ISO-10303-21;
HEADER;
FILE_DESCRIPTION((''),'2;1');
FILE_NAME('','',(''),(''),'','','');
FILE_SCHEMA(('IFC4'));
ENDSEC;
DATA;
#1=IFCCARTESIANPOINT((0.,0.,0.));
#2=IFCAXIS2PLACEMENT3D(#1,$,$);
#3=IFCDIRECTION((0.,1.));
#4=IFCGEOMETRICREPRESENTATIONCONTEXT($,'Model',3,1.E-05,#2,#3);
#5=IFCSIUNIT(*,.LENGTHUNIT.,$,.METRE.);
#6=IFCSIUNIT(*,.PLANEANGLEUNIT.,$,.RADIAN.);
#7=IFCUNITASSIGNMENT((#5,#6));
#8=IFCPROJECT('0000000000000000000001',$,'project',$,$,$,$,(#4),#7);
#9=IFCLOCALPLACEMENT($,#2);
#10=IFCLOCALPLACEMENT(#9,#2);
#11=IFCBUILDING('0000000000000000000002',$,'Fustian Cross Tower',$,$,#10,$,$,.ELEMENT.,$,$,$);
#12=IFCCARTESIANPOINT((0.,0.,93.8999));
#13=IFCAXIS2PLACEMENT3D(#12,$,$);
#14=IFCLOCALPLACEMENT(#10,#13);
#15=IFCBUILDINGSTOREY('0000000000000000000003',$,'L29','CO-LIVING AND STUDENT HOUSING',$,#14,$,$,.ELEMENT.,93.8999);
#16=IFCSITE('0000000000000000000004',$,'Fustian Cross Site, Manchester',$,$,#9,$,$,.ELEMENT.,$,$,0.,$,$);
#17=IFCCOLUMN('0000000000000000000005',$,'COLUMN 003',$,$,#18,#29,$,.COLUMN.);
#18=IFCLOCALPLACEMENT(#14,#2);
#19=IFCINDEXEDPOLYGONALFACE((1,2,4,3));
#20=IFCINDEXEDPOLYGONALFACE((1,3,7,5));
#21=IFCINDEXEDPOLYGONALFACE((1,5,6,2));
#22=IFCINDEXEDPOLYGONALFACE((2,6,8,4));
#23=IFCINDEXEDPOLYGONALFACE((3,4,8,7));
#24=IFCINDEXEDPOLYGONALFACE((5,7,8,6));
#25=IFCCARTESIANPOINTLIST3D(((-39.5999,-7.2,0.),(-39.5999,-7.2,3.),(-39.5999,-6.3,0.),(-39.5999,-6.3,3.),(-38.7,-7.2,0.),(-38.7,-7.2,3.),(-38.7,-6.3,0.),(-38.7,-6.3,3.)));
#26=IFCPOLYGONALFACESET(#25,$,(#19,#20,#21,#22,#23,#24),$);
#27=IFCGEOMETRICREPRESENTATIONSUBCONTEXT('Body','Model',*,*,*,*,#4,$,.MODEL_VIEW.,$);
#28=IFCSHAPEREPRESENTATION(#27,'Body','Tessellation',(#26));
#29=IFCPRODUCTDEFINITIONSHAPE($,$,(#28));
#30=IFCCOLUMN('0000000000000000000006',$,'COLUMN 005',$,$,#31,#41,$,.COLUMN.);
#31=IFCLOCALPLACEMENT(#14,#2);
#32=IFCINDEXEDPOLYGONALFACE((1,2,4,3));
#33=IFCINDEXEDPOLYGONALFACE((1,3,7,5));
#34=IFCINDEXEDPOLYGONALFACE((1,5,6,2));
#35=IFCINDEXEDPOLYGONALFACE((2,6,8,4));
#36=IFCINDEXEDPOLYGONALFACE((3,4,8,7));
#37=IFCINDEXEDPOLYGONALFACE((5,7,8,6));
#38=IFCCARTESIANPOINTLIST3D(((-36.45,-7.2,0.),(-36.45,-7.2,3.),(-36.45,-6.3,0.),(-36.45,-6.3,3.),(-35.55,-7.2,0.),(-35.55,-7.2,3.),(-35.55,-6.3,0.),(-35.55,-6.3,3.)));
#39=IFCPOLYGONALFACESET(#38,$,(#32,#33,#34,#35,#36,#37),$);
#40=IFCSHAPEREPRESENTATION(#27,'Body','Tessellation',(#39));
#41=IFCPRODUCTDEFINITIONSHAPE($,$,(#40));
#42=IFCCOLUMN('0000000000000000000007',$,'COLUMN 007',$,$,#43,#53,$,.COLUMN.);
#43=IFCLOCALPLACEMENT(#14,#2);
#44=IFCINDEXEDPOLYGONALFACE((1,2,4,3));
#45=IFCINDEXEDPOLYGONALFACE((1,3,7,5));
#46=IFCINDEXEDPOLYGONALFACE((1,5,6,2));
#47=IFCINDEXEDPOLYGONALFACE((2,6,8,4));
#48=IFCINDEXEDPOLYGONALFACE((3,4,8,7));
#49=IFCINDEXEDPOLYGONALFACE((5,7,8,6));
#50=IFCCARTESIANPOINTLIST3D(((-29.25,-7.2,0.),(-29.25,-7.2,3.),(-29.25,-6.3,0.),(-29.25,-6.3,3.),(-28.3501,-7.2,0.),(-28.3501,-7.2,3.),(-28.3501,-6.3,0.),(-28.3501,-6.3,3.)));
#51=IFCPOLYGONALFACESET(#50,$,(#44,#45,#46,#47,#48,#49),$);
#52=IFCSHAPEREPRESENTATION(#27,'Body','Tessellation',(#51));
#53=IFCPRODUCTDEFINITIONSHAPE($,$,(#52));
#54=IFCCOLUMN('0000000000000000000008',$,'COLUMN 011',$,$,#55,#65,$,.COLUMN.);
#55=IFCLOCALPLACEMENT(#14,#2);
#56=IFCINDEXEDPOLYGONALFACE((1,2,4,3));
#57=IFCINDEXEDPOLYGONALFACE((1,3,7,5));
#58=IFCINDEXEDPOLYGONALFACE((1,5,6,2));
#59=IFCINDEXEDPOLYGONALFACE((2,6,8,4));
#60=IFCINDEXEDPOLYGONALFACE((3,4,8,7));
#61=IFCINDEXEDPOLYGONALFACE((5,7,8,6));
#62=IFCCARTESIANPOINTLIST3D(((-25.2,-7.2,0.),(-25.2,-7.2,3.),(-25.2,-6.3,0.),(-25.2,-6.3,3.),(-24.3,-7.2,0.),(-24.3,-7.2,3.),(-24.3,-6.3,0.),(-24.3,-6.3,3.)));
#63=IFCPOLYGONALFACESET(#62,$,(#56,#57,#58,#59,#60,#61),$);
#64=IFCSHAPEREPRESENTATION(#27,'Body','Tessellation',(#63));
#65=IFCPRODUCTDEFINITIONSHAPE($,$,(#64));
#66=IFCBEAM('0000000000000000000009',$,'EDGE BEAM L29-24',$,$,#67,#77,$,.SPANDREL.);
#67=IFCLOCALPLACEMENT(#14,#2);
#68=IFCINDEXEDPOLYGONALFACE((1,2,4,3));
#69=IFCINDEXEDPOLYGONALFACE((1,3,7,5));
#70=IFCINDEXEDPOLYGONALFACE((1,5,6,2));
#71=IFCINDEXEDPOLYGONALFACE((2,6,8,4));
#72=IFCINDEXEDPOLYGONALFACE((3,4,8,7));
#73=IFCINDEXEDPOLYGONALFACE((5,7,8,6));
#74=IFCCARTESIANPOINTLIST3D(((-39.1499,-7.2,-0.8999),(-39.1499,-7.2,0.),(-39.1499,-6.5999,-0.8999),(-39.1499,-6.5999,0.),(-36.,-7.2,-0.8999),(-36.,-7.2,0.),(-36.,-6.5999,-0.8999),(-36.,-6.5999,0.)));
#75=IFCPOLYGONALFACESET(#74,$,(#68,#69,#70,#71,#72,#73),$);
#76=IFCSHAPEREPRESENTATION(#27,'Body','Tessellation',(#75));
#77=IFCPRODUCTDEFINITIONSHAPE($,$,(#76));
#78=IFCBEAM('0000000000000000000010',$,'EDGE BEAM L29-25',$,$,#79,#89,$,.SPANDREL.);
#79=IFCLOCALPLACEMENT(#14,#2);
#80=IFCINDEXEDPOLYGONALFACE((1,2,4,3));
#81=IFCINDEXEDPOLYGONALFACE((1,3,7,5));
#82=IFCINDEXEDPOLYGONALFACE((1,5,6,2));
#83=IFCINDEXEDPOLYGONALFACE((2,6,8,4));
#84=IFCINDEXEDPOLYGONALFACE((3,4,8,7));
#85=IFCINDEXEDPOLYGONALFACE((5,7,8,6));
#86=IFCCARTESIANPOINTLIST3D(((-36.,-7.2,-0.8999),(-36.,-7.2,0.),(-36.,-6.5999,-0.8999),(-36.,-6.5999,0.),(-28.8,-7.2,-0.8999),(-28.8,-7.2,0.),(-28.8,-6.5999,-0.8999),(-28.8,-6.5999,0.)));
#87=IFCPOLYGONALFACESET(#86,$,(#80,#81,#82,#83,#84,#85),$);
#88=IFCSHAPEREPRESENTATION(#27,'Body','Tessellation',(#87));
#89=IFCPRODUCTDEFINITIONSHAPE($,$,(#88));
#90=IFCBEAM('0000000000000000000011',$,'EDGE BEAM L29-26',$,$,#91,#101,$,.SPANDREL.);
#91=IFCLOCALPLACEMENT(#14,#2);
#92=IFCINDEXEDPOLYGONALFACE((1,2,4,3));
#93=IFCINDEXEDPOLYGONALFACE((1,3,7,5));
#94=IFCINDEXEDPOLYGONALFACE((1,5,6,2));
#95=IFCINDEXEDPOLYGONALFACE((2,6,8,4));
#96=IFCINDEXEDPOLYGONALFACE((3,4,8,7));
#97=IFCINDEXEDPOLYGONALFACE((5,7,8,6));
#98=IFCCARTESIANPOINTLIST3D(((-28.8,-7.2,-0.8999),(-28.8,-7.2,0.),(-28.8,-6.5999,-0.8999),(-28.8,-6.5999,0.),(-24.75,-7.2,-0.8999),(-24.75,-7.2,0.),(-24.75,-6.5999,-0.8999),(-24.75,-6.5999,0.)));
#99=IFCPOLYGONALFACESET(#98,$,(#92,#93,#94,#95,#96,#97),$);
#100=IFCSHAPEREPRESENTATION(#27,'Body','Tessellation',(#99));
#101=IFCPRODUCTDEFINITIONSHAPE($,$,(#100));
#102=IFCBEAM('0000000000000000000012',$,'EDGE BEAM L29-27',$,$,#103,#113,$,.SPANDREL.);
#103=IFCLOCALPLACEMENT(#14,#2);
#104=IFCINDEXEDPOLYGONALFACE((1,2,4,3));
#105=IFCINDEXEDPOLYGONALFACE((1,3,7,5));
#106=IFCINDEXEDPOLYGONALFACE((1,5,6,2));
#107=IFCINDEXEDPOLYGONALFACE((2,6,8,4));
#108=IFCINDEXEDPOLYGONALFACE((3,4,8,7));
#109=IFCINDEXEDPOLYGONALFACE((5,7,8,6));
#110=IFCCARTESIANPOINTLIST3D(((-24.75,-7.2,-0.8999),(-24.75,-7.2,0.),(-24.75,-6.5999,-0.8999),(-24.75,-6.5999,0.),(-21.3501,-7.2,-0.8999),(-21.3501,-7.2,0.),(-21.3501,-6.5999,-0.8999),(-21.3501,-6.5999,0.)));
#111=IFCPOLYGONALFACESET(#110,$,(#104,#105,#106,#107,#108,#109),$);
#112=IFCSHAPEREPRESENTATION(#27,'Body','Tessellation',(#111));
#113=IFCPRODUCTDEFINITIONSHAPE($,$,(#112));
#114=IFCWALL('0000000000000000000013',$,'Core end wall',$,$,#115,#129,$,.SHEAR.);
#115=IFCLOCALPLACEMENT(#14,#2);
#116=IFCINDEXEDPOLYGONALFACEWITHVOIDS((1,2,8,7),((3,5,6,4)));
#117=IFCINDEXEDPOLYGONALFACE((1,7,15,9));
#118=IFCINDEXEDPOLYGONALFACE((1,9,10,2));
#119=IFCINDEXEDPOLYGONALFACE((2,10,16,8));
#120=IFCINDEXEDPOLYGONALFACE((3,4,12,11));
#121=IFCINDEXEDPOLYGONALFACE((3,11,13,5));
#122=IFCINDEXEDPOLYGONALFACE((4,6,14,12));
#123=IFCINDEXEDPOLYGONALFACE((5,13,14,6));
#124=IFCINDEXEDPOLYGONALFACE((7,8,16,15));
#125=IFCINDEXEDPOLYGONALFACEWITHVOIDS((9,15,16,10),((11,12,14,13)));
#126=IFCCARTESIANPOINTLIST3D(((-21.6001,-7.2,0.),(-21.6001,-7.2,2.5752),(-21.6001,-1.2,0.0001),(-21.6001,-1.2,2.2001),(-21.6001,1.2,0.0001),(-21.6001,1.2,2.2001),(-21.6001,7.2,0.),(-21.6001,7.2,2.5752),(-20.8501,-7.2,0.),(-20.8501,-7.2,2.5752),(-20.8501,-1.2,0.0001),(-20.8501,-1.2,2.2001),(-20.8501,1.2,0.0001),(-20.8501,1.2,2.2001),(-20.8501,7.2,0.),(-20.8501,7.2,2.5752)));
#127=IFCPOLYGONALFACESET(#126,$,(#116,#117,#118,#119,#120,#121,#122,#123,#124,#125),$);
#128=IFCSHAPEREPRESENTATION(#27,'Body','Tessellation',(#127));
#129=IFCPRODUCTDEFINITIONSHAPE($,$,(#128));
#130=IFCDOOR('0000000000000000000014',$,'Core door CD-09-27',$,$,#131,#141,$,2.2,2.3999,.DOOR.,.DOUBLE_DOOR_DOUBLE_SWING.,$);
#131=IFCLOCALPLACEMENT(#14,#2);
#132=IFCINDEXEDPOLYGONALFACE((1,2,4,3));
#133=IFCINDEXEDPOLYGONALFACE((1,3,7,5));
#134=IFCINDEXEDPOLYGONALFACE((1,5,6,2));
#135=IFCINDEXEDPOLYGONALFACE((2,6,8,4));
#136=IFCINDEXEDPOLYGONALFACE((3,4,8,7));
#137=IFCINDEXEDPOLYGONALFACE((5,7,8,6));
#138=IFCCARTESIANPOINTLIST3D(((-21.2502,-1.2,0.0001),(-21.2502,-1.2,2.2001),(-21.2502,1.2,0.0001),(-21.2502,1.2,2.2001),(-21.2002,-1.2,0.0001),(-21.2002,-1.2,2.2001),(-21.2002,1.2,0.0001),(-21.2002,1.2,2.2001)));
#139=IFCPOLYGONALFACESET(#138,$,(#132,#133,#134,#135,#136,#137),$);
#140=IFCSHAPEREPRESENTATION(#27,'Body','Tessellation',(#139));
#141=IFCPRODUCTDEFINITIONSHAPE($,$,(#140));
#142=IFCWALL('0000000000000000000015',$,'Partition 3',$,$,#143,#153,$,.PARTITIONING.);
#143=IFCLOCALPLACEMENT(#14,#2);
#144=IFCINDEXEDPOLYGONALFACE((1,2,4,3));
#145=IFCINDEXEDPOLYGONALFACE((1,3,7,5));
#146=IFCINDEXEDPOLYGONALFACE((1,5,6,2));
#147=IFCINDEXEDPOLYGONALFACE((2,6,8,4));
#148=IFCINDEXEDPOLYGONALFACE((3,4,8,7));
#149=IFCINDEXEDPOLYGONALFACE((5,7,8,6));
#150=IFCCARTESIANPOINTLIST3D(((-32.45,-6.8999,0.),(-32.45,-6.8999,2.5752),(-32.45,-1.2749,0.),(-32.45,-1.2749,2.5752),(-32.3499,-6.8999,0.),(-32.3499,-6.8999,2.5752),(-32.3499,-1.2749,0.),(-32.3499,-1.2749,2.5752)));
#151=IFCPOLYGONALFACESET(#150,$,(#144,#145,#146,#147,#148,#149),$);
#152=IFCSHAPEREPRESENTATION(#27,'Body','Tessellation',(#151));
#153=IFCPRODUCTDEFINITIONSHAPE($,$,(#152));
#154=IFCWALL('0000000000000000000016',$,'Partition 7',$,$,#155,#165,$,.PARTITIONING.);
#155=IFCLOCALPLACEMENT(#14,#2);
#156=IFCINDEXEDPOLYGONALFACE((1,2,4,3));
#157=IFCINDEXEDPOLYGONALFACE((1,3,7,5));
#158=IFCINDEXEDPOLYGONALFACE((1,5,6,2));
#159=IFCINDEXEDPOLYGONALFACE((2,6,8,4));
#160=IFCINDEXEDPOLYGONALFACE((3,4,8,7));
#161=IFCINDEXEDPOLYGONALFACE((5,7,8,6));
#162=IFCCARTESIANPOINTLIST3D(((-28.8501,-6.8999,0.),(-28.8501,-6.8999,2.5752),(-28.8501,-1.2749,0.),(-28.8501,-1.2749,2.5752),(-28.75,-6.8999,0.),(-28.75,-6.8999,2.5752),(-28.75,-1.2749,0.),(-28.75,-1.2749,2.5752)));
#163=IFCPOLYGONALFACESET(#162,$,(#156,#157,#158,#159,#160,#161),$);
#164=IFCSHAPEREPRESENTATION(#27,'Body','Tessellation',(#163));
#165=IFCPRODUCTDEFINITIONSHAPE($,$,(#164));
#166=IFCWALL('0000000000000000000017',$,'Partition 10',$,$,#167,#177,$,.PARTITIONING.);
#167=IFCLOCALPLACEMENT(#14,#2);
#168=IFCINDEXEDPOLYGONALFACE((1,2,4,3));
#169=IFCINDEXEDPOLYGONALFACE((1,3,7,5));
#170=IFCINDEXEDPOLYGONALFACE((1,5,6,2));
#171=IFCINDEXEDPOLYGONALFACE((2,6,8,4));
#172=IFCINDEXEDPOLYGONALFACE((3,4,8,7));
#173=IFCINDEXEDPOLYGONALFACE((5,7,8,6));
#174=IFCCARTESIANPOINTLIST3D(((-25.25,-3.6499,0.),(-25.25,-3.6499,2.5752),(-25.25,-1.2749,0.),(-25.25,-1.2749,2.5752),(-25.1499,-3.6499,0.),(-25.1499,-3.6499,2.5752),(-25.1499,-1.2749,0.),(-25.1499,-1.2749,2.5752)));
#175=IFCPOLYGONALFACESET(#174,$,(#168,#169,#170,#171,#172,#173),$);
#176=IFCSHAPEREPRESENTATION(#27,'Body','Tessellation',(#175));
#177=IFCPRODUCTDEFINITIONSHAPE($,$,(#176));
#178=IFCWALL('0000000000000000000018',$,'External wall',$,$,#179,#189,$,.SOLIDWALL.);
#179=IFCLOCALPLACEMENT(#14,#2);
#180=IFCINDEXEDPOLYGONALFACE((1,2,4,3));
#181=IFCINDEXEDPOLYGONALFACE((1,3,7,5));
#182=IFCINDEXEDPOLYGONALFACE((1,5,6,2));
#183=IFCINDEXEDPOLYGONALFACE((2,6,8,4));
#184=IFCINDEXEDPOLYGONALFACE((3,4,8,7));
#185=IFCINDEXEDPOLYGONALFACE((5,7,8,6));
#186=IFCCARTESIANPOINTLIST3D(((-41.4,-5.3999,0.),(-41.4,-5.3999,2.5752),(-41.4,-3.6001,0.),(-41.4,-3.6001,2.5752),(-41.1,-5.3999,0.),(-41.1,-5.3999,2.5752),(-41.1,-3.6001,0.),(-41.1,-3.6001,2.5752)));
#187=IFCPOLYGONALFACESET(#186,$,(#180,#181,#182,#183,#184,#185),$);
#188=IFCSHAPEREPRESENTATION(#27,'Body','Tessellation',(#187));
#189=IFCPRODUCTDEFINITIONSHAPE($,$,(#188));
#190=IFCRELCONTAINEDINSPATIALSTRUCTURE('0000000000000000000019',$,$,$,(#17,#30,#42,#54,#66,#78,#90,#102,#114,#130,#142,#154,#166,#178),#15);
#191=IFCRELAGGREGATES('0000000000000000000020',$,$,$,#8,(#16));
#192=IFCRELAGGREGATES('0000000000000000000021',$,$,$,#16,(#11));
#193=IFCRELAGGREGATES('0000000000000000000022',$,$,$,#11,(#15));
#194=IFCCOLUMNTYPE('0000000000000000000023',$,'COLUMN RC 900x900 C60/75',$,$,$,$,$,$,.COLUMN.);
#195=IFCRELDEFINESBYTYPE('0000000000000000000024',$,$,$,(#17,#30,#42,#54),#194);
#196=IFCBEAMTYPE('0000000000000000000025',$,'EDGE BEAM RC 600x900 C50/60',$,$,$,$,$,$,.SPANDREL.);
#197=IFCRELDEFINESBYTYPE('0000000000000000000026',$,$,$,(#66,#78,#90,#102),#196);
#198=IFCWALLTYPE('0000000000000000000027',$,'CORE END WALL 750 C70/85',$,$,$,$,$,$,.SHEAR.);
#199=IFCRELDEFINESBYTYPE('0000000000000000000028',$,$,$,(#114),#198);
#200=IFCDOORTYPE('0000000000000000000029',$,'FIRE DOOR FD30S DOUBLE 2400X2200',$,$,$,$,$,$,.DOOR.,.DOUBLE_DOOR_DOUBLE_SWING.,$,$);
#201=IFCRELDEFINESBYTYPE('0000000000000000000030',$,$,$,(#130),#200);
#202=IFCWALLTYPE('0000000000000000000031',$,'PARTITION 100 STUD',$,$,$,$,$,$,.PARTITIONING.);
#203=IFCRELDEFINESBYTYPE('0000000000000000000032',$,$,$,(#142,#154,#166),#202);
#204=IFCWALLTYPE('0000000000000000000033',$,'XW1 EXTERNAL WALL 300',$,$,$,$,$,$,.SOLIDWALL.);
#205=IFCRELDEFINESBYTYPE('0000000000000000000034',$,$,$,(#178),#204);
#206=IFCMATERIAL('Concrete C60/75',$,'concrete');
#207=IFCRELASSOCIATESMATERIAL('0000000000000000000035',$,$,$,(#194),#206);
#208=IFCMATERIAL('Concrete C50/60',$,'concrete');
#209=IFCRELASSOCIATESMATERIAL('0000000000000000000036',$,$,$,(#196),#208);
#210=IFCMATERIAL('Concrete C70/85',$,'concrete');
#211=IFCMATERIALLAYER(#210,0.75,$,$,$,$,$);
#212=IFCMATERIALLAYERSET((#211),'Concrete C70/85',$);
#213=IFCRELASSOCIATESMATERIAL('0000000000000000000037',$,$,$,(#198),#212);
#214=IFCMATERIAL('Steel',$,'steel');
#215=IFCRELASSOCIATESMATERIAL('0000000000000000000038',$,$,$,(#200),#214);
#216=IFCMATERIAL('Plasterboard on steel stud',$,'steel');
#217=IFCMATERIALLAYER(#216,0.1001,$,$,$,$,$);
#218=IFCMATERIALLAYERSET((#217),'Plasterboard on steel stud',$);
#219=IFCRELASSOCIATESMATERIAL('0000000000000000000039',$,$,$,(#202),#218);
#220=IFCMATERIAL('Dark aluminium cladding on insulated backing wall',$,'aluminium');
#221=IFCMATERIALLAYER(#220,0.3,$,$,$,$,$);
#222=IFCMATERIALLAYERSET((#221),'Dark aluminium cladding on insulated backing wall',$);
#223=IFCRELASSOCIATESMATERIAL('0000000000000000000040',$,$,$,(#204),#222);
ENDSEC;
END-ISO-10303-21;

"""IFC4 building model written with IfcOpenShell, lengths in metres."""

from ifc_helpers import new_model, si_unit, direction, frame, frame_2d, origin, origin_2d, place, context, subcontext, project, spatial, rectangle, extrude, material, layer, layer_set, material_profile, profile_set, type_object, element, fill, save


model = new_model("IFC4")

# Units and contexts
model_context = context("Model", 3, precision=1e-05, world=origin(), true_north=direction((0.0, 1.0)))
body_context = subcontext(model_context, "Body", "Model", "MODEL_VIEW")
ifc_project = project(units=[si_unit("LENGTHUNIT", "METRE"), si_unit("PLANEANGLEUNIT", "RADIAN")], contexts=[model_context])

# Site, building, storey
site_placement = place(None, origin())
site = spatial("IfcSite", under=ifc_project, at=site_placement, Name="Fustian Cross Site, Manchester", CompositionType="ELEMENT", RefElevation=0.0)
building_placement = place(site_placement, origin())
building = spatial("IfcBuilding", under=site, at=building_placement, Name="Fustian Cross Tower", CompositionType="ELEMENT")
storey_placement = place(building_placement, frame((0.0, 0.0, 93.8999)))
storey = spatial("IfcBuildingStorey", under=building, at=storey_placement, Name="L29", Description="CO-LIVING AND STUDENT HOUSING", CompositionType="ELEMENT", Elevation=93.8999)

# Columns
ifc_material_1 = material(Name="Concrete C60/75", Category="concrete")
ifc_material_profile_1 = material_profile(ifc_material_1, rectangle(XDim=0.8999, YDim=0.8999, at=origin_2d()), Name="RC 900x900")
ifc_profile_set_1 = profile_set([ifc_material_profile_1], Name="Concrete C60/75")
column_type = type_object("IfcColumnType", Name="COLUMN RC 900x900 C60/75", PredefinedType="COLUMN", material=ifc_profile_set_1)
for number, where, z_axis, x_axis, name in (
    (1, (-39.1499, -6.75, 0.0), (0.0, 0.0, 1.0), (1.0, 0.0, 0.0), "COLUMN 003"),
    (2, (-36.0, -6.75, 0.0), (0.0, 0.0, 1.0), (1.0, 0.0, 0.0), "COLUMN 005"),
    (3, (-28.8, -6.75, 0.0), (0.0, 0.0, 1.0), (1.0, 0.0, 0.0), "COLUMN 007"),
    (4, (-24.75, -6.75, 0.0), (0.0, 0.0, 1.0), (1.0, 0.0, 0.0), "COLUMN 011"),
):
    element("IfcColumn", number, at=place(storey_placement, frame(where, z_axis=z_axis, x_axis=x_axis)), inside=storey, type_object=column_type, Name=name, PredefinedType="COLUMN", context=body_context, shape_type="SweptSolid", body=[
        extrude(rectangle(XDim=0.8999, YDim=0.8999, at=origin_2d()), origin(), (0.0, 0.0, 1.0), 3.0),
    ])

# Beams
ifc_material_2 = material(Name="Concrete C50/60", Category="concrete")
ifc_material_profile_2 = material_profile(ifc_material_2, rectangle(XDim=0.6001, YDim=0.8999, at=origin_2d()), Name="RC 600x900")
ifc_profile_set_2 = profile_set([ifc_material_profile_2], Name="Concrete C50/60")
beam_type = type_object("IfcBeamType", Name="EDGE BEAM RC 600x900 C50/60", PredefinedType="SPANDREL", material=ifc_profile_set_2)
beam_1_placement = place(storey_placement, frame((-39.1499, -6.8999, -0.45), z_axis=(1.0, 0.0, 0.0), x_axis=(0.0, 1.0, 0.0)))
element("IfcBeam", 5, at=beam_1_placement, inside=storey, type_object=beam_type, Name="EDGE BEAM L29-24", PredefinedType="SPANDREL", context=body_context, shape_type="SweptSolid", body=[
    extrude(rectangle(XDim=0.6001, YDim=0.8999, at=origin_2d()), origin(), (0.0, 0.0, 1.0), 3.1499),
])
beam_2_placement = place(storey_placement, frame((-36.0, -6.8999, -0.45), z_axis=(1.0, 0.0, 0.0), x_axis=(0.0, 1.0, 0.0)))
element("IfcBeam", 6, at=beam_2_placement, inside=storey, type_object=beam_type, Name="EDGE BEAM L29-25", PredefinedType="SPANDREL", context=body_context, shape_type="SweptSolid", body=[
    extrude(rectangle(XDim=0.6001, YDim=0.8999, at=origin_2d()), origin(), (0.0, 0.0, 1.0), 7.2),
])
beam_3_placement = place(storey_placement, frame((-28.8, -6.8999, -0.45), z_axis=(1.0, 0.0, 0.0), x_axis=(0.0, 1.0, 0.0)))
element("IfcBeam", 7, at=beam_3_placement, inside=storey, type_object=beam_type, Name="EDGE BEAM L29-26", PredefinedType="SPANDREL", context=body_context, shape_type="SweptSolid", body=[
    extrude(rectangle(XDim=0.6001, YDim=0.8999, at=origin_2d()), origin(), (0.0, 0.0, 1.0), 4.05),
])
beam_4_placement = place(storey_placement, frame((-24.75, -6.8999, -0.45), z_axis=(1.0, 0.0, 0.0), x_axis=(0.0, 1.0, 0.0)))
element("IfcBeam", 8, at=beam_4_placement, inside=storey, type_object=beam_type, Name="EDGE BEAM L29-27", PredefinedType="SPANDREL", context=body_context, shape_type="SweptSolid", body=[
    extrude(rectangle(XDim=0.6001, YDim=0.8999, at=origin_2d()), origin(), (0.0, 0.0, 1.0), 3.3999),
])

# Wall, opening, door
ifc_material_3 = material(Name="Concrete C70/85", Category="concrete")
ifc_layer_1 = layer(ifc_material_3, 0.75)
ifc_layer_set_1 = layer_set([ifc_layer_1], Name="Concrete C70/85")
wall_type_1 = type_object("IfcWallType", Name="CORE END WALL 750 C70/85", PredefinedType="SHEAR", material=ifc_layer_set_1)
wall_1_placement = place(storey_placement, frame((-21.2251, -7.2, 0.0), z_axis=(0.0, 0.0, 1.0), x_axis=(0.0, 1.0, 0.0)))
wall_1 = element("IfcWall", 9, at=wall_1_placement, inside=storey, type_object=wall_type_1, Name="Core end wall", PredefinedType="SHEAR", context=body_context, shape_type="SweptSolid", body=[
    extrude(rectangle(XDim=14.3999, YDim=0.75, at=frame_2d((7.2, 0.0))), origin(), (0.0, 0.0, 1.0), 2.5752),
])
opening_1_placement = place(wall_1_placement, frame((6.0, 0.0, 0.0)))
opening_1 = element("IfcOpeningElement", 10, at=opening_1_placement, cuts=wall_1, PredefinedType="OPENING", context=body_context, shape_type="SweptSolid", body=[
    extrude(rectangle(XDim=2.3999, YDim=2.2, at=frame_2d((1.2, 1.1001))), frame((0.0, 0.385, 0.0), z_axis=(0.0, -1.0, 0.0), x_axis=(1.0, 0.0, 0.0)), (0.0, 0.0, 1.0), 0.77),
])
ifc_material_4 = material(Name="Steel", Category="steel")
door_type = type_object("IfcDoorType", Name="FIRE DOOR FD30S DOUBLE 2400X2200", OperationType="DOUBLE_DOOR_DOUBLE_SWING", PredefinedType="DOOR", material=ifc_material_4)
door_placement = place(opening_1_placement, frame((2.3999, 0.0, 0.0), z_axis=(0.0, 0.0, 1.0), x_axis=(-1.0, 0.0, 0.0)))
door = element("IfcDoor", 11, at=door_placement, inside=storey, type_object=door_type, Name="Core door CD-09-27", OperationType="DOUBLE_DOOR_DOUBLE_SWING", OverallHeight=2.2, OverallWidth=2.3999, PredefinedType="DOOR", context=body_context, shape_type="SweptSolid", body=[
    extrude(rectangle(XDim=2.3999, YDim=2.2, at=frame_2d((1.2, 1.1001))), frame((0.0, 0.0249, 0.0), z_axis=(0.0, -1.0, 0.0), x_axis=(1.0, 0.0, 0.0)), (0.0, 0.0, 1.0), 0.05),
])
fill(opening_1, door)

# Walls
ifc_material_5 = material(Name="Plasterboard on steel stud", Category="steel")
ifc_layer_2 = layer(ifc_material_5, 0.1001)
ifc_layer_set_2 = layer_set([ifc_layer_2], Name="Plasterboard on steel stud")
wall_type_2 = type_object("IfcWallType", Name="PARTITION 100 STUD", PredefinedType="PARTITIONING", material=ifc_layer_set_2)
for number, where, z_axis, x_axis, name in (
    (12, (-32.3999, -6.8999, 0.0), (0.0, 0.0, 1.0), (0.0, 1.0, 0.0), "Partition 3"),
    (13, (-28.8, -6.8999, 0.0), (0.0, 0.0, 1.0), (0.0, 1.0, 0.0), "Partition 7"),
):
    element("IfcWall", number, at=place(storey_placement, frame(where, z_axis=z_axis, x_axis=x_axis)), inside=storey, type_object=wall_type_2, Name=name, PredefinedType="PARTITIONING", context=body_context, shape_type="SweptSolid", body=[
        extrude(rectangle(XDim=5.625, YDim=0.1001, at=frame_2d((2.8125, 0.0))), origin(), (0.0, 0.0, 1.0), 2.5752),
    ])
wall_2_placement = place(storey_placement, frame((-25.2, -3.6499, 0.0), z_axis=(0.0, 0.0, 1.0), x_axis=(0.0, 1.0, 0.0)))
element("IfcWall", 14, at=wall_2_placement, inside=storey, type_object=wall_type_2, Name="Partition 10", PredefinedType="PARTITIONING", context=body_context, shape_type="SweptSolid", body=[
    extrude(rectangle(XDim=2.375, YDim=0.1001, at=frame_2d((1.1875, 0.0))), origin(), (0.0, 0.0, 1.0), 2.5752),
])
ifc_material_6 = material(Name="Dark aluminium cladding on insulated backing wall", Category="aluminium")
ifc_layer_3 = layer(ifc_material_6, 0.3)
ifc_layer_set_3 = layer_set([ifc_layer_3], Name="Dark aluminium cladding on insulated backing wall")
wall_type_3 = type_object("IfcWallType", Name="XW1 EXTERNAL WALL 300", PredefinedType="SOLIDWALL", material=ifc_layer_set_3)
wall_3_placement = place(storey_placement, frame((-41.25, -3.6001, 0.0), z_axis=(0.0, 0.0, 1.0), x_axis=(0.0, -1.0, 0.0)))
element("IfcWall", 15, at=wall_3_placement, inside=storey, type_object=wall_type_3, Name="External wall", PredefinedType="SOLIDWALL", context=body_context, shape_type="SweptSolid", body=[
    extrude(rectangle(XDim=1.7998, YDim=0.3, at=frame_2d((0.8999, 0.0))), origin(), (0.0, 0.0, 1.0), 2.5752),
])

save(model, "model.ifc")
